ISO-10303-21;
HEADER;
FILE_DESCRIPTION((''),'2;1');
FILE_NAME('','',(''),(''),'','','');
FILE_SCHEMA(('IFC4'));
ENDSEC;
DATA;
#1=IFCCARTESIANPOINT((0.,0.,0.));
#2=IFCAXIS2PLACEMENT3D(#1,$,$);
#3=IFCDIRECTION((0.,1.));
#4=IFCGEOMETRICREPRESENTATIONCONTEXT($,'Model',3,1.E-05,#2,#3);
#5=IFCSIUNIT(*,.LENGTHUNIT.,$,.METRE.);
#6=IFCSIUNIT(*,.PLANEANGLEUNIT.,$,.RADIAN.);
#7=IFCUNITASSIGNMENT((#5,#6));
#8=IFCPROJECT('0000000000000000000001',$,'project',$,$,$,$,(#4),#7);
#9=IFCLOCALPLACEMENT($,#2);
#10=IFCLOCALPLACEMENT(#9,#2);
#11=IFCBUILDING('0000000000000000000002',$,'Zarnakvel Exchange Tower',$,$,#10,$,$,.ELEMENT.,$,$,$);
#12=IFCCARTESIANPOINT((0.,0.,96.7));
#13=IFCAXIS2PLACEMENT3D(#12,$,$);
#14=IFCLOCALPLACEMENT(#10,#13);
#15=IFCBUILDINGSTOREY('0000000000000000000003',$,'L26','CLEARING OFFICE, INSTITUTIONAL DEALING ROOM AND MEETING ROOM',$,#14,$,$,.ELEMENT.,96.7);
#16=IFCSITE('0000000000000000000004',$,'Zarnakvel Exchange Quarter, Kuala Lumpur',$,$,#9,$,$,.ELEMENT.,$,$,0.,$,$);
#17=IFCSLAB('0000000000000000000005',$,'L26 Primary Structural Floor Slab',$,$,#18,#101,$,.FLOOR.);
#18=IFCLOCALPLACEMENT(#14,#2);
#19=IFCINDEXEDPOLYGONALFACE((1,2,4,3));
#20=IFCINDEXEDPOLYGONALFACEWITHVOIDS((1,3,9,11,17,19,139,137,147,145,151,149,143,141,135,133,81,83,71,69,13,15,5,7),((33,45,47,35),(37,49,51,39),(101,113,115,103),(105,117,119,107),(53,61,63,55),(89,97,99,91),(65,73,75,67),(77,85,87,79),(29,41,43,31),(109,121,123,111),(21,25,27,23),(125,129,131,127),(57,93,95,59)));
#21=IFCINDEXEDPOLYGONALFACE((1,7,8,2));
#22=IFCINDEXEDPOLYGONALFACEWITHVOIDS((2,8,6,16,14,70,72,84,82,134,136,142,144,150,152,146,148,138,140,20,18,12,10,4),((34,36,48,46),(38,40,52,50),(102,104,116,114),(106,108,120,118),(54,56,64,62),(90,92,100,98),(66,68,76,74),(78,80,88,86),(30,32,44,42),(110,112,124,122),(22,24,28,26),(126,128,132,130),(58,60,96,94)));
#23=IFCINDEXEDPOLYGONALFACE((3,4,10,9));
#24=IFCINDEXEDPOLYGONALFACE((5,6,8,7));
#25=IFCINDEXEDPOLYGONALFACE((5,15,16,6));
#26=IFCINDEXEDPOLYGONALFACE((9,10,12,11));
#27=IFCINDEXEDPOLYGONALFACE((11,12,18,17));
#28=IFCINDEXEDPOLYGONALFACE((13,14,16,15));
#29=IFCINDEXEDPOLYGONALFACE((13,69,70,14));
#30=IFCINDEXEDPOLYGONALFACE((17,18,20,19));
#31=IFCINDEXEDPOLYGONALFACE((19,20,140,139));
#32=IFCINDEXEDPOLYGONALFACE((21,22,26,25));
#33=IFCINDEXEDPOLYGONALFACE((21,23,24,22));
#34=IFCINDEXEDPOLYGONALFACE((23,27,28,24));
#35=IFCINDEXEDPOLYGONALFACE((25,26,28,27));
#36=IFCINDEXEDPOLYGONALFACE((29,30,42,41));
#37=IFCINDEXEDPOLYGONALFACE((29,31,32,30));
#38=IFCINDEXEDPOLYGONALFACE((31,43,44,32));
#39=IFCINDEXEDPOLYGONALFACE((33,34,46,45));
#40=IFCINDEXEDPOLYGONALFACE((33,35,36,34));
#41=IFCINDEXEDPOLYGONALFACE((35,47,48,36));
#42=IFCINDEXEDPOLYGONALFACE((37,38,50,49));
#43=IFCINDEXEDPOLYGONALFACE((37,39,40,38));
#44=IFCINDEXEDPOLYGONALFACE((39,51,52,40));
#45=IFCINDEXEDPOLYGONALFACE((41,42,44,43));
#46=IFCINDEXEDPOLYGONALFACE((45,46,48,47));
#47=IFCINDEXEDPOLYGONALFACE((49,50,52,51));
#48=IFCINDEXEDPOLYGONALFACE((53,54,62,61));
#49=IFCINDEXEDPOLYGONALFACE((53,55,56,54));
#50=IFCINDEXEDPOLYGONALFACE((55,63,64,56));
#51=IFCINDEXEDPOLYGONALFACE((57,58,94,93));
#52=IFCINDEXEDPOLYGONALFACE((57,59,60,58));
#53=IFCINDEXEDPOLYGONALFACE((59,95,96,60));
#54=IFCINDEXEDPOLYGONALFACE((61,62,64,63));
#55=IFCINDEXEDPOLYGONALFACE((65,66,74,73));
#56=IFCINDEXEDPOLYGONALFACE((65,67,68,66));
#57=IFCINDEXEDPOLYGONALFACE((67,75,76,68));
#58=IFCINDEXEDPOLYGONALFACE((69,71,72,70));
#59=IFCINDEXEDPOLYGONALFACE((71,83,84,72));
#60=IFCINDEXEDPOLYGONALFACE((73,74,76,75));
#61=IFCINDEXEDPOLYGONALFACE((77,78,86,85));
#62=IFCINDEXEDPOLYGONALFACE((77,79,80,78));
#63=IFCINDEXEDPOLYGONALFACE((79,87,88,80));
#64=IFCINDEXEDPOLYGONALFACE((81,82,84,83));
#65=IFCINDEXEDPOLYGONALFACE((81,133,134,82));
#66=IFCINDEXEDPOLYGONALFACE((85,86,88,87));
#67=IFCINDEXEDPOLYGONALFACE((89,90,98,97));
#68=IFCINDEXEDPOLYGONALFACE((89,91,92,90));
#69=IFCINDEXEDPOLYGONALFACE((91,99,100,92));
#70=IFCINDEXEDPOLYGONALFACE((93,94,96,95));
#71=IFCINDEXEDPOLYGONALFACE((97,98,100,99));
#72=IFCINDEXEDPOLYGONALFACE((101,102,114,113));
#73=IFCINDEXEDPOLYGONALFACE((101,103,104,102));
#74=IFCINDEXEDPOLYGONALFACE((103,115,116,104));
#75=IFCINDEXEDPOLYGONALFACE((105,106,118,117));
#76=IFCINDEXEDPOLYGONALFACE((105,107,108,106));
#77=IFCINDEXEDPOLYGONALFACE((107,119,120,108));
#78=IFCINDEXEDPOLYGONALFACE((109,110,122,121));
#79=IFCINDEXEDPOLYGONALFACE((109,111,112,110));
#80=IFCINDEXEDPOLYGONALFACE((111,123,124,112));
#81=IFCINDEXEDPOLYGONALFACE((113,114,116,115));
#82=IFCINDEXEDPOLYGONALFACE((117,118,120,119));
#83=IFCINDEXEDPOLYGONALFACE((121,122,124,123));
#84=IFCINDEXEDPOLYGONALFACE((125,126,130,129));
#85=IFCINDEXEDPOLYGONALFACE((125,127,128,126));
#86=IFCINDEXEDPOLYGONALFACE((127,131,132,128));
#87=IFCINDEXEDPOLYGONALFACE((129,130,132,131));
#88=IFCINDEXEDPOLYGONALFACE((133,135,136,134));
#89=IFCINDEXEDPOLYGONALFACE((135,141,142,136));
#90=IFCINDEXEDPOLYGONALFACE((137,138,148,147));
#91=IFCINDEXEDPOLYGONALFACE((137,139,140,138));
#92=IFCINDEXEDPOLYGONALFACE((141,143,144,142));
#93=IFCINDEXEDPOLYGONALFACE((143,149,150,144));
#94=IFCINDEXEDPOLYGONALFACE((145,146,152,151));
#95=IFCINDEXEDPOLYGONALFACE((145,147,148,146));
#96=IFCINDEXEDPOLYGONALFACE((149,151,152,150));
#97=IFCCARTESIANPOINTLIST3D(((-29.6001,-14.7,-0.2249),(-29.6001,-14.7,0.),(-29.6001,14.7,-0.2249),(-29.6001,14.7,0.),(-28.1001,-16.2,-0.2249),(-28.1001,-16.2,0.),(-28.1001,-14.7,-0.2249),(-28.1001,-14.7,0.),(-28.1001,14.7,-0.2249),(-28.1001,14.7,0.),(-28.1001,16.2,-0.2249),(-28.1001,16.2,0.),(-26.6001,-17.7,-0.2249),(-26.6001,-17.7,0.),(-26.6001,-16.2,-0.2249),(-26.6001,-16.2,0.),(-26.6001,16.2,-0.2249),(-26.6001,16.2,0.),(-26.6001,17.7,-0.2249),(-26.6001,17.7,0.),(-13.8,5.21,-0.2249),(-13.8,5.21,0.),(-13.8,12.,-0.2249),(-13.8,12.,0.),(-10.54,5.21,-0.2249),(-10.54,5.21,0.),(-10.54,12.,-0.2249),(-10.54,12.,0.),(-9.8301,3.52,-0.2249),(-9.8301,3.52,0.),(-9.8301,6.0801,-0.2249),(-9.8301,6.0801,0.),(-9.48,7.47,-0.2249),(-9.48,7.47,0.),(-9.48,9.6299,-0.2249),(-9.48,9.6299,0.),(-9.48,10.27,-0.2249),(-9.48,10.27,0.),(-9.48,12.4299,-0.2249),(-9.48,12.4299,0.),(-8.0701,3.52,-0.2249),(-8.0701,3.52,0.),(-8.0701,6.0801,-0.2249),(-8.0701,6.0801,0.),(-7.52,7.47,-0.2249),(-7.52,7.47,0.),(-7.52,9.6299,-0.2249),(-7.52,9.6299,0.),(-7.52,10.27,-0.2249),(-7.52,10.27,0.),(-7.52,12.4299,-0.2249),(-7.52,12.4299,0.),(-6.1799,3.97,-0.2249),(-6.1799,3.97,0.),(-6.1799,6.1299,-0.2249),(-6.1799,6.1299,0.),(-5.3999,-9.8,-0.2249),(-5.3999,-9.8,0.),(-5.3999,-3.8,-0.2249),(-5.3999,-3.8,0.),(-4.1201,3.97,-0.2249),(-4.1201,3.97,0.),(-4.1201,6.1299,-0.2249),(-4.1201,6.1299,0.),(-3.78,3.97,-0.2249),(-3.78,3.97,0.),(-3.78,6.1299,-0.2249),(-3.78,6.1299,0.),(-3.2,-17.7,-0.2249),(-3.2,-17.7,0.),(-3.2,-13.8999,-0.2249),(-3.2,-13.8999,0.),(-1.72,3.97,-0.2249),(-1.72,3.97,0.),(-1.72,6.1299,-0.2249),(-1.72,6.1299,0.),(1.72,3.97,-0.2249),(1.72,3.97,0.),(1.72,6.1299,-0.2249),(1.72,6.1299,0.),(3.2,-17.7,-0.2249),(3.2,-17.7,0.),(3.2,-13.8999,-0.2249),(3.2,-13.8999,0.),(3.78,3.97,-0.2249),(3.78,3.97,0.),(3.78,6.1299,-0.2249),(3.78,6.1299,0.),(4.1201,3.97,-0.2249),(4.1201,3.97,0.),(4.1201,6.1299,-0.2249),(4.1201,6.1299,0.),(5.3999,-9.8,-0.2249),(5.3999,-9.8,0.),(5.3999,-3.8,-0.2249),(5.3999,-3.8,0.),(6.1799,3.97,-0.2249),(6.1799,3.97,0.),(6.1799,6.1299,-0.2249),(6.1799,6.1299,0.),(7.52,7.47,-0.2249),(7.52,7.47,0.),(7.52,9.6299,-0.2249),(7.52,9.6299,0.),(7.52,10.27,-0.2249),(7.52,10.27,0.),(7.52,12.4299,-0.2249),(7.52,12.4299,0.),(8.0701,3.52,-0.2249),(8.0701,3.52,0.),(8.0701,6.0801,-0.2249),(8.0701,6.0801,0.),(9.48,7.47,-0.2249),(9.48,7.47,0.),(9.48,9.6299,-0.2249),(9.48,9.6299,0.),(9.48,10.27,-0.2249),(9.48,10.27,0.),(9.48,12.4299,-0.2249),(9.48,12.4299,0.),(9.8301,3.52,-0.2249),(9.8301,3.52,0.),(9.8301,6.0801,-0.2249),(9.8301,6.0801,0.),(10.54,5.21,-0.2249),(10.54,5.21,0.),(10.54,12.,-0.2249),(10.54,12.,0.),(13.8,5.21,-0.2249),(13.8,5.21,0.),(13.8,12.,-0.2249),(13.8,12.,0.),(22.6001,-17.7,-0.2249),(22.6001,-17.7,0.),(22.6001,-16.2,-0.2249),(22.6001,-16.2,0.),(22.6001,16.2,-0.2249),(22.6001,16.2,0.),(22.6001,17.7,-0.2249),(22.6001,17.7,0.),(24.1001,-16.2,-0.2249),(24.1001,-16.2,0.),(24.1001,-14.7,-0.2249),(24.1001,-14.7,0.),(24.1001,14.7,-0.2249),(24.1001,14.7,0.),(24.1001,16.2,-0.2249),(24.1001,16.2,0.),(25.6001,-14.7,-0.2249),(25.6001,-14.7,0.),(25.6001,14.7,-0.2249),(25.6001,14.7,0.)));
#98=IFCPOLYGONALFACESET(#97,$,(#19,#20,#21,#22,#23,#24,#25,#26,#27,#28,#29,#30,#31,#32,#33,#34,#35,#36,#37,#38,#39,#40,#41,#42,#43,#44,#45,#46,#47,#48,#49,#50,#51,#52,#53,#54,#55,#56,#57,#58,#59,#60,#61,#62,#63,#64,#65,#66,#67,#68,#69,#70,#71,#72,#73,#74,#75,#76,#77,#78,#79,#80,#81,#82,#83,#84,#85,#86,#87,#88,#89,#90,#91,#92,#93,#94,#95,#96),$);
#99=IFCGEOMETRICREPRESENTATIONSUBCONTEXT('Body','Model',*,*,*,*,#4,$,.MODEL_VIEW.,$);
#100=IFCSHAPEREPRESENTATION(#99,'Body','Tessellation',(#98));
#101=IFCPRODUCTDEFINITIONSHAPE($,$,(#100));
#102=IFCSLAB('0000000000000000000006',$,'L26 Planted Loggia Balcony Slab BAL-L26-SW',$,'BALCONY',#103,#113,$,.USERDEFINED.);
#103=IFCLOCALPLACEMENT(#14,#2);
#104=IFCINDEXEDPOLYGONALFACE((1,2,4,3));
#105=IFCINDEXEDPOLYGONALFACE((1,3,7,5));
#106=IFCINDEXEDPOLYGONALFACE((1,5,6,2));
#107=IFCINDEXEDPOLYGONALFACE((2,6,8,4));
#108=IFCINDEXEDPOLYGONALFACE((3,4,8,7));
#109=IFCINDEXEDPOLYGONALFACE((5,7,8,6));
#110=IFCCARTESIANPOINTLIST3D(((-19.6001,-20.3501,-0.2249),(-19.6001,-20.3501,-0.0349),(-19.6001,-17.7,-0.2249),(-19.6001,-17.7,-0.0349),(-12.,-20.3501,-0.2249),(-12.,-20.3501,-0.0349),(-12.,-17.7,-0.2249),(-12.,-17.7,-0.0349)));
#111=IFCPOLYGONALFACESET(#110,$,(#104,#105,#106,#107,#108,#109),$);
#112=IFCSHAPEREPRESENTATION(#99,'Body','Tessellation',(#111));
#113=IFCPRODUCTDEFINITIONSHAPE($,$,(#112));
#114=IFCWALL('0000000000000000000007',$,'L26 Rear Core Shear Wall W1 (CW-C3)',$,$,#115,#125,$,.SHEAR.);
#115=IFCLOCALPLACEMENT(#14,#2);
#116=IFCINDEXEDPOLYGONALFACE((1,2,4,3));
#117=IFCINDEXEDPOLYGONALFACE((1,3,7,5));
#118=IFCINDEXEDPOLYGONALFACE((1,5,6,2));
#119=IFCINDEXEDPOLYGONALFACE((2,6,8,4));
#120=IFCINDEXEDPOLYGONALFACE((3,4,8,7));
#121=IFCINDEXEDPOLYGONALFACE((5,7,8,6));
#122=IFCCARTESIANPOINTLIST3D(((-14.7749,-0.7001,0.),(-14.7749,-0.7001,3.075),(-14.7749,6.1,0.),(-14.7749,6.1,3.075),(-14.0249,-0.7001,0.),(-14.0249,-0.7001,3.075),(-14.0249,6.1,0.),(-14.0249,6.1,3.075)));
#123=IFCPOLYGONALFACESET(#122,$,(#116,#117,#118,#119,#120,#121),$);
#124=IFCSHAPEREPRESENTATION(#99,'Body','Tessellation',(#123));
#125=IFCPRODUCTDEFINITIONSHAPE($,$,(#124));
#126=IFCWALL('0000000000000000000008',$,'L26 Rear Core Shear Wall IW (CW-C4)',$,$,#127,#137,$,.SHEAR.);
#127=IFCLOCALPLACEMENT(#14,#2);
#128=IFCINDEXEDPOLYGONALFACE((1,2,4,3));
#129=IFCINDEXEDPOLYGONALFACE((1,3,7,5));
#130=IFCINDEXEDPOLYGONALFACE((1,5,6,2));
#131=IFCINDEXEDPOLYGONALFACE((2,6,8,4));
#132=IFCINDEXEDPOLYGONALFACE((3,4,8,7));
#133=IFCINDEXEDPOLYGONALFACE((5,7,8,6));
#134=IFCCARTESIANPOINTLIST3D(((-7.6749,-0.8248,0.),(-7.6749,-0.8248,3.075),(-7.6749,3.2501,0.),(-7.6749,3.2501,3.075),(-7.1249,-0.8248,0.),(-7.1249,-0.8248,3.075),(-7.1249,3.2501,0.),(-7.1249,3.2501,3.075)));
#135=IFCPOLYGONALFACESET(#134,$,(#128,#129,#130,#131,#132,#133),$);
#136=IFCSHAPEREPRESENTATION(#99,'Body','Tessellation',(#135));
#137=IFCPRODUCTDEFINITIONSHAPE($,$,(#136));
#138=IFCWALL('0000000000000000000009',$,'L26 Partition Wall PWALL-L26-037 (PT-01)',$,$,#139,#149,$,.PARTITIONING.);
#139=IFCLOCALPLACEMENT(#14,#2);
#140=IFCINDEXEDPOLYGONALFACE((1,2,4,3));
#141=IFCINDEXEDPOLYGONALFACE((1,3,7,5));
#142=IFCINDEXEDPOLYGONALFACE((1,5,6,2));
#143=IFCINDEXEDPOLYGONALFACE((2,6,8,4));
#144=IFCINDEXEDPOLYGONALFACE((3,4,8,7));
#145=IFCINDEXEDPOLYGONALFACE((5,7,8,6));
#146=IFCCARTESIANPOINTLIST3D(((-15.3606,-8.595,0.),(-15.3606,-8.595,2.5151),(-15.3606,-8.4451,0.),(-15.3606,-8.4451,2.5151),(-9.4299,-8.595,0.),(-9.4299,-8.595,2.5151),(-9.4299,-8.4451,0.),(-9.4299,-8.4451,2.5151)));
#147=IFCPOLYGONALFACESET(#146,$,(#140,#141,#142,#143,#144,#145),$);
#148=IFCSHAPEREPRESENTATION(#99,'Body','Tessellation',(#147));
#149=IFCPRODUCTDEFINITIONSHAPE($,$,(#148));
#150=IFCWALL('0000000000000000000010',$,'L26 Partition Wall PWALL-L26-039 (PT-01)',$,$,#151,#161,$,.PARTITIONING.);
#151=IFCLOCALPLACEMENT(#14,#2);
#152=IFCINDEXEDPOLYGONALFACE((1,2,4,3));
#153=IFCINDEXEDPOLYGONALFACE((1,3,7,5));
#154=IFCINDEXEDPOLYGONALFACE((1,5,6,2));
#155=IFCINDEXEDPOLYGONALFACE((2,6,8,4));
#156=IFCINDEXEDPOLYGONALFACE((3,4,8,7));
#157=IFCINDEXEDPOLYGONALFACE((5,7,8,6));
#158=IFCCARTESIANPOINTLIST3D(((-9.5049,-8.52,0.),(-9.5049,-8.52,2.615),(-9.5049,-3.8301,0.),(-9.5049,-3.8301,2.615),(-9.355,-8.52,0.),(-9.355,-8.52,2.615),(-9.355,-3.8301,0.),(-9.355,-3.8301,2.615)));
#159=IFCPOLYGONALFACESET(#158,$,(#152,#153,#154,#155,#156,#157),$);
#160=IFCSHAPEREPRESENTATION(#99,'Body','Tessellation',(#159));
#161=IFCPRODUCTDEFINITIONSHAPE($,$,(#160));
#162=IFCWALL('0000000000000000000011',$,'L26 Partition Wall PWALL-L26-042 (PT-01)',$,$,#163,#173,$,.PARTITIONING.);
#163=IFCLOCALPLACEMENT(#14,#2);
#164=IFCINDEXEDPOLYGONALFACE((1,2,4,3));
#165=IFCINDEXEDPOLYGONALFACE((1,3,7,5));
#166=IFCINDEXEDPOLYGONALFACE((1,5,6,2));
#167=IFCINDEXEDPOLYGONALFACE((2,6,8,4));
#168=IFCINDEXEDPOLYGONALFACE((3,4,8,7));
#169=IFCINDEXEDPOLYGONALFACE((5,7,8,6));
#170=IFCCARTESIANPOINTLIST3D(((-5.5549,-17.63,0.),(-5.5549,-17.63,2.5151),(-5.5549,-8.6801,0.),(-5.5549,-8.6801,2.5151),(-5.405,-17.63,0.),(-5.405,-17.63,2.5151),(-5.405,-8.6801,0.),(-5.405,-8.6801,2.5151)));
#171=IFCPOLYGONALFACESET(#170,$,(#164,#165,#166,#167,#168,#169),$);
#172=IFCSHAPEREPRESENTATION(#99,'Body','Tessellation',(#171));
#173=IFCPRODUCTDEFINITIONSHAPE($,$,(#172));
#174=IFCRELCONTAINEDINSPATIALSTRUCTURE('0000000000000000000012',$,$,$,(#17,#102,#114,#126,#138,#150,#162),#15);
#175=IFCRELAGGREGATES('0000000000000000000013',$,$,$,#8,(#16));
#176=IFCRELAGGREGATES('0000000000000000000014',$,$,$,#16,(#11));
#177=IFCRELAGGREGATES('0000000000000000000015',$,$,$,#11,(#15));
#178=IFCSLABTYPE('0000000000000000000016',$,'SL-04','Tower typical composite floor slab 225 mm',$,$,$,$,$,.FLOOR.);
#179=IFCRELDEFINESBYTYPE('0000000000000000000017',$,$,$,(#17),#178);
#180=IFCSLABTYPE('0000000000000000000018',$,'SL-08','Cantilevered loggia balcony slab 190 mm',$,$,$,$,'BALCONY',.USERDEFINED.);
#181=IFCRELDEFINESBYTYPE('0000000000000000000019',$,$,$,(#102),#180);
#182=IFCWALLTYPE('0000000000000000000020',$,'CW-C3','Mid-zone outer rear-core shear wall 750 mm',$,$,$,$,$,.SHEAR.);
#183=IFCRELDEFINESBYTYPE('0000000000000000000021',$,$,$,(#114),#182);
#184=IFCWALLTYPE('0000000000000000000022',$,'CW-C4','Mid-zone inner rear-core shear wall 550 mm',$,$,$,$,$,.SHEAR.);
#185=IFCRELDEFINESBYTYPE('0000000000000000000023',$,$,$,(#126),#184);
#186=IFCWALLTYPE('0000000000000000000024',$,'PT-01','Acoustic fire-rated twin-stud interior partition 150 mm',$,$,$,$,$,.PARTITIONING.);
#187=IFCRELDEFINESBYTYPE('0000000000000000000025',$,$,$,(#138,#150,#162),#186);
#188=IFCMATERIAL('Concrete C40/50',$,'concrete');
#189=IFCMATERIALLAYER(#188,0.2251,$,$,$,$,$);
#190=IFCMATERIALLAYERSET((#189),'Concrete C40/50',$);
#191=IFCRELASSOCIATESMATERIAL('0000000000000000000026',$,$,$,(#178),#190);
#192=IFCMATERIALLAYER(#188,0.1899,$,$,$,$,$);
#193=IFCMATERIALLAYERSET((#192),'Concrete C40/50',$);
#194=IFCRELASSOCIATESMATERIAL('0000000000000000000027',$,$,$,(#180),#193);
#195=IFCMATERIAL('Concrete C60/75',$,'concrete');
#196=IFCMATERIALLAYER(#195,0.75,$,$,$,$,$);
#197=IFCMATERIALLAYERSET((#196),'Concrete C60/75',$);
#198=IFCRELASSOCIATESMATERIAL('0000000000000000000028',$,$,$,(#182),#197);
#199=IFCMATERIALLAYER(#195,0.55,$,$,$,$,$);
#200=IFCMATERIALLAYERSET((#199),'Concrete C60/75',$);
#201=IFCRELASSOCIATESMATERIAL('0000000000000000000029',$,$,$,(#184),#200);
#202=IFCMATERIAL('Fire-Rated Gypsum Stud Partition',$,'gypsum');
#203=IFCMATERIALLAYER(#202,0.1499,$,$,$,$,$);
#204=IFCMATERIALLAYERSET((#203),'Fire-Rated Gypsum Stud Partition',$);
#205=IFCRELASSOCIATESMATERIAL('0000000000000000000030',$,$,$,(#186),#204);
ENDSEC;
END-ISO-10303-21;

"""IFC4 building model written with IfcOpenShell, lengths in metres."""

from ifc_helpers import new_model, si_unit, direction, frame, frame_2d, origin, place, context, subcontext, project, spatial, polyline, rectangle, outline, extrude, material, layer, layer_set, type_object, element, save


model = new_model("IFC4")

# Units and contexts
model_context = context("Model", 3, precision=1e-05, world=origin(), true_north=direction((0.0, 1.0)))
body_context = subcontext(model_context, "Body", "Model", "MODEL_VIEW")
ifc_project = project(units=[si_unit("LENGTHUNIT", "METRE"), si_unit("PLANEANGLEUNIT", "RADIAN")], contexts=[model_context])

# Site, building, storey
site_placement = place(None, origin())
site = spatial("IfcSite", under=ifc_project, at=site_placement, Name="Zarnakvel Exchange Quarter, Kuala Lumpur", CompositionType="ELEMENT", RefElevation=0.0)
building_placement = place(site_placement, origin())
building = spatial("IfcBuilding", under=site, at=building_placement, Name="Zarnakvel Exchange Tower", CompositionType="ELEMENT")
storey_placement = place(building_placement, frame((0.0, 0.0, 96.7)))
storey = spatial("IfcBuildingStorey", under=building, at=storey_placement, Name="L26", Description="CLEARING OFFICE, INSTITUTIONAL DEALING ROOM AND MEETING ROOM", CompositionType="ELEMENT", Elevation=96.7)

# Shared definitions
ifc_material_1 = material(Name="Concrete C60/75", Category="concrete")

# Slabs
ifc_material_2 = material(Name="Concrete C40/50", Category="concrete")
ifc_layer_1 = layer(ifc_material_2, 0.2251)
ifc_layer_set_1 = layer_set([ifc_layer_1], Name="Concrete C40/50")
slab_type_1 = type_object("IfcSlabType", Name="SL-04", Description="Tower typical composite floor slab 225 mm", PredefinedType="FLOOR", material=ifc_layer_set_1)
slab_1_placement = place(storey_placement, frame((0.0, 0.0, -0.2249)))
element("IfcSlab", 1, at=slab_1_placement, inside=storey, type_object=slab_type_1, Name="L26 Primary Structural Floor Slab", PredefinedType="FLOOR", context=body_context, shape_type="SweptSolid", body=[
    extrude(outline(polyline([(-29.6001, -14.7), (-28.1001, -14.7), (-28.1001, -16.2), (-26.6001, -16.2), (-26.6001, -17.7), (-3.2, -17.7), (-3.2, -13.8999), (3.2, -13.8999), (3.2, -17.7), (22.6001, -17.7), (22.6001, -16.2), (24.1001, -16.2), (24.1001, -14.7), (25.6001, -14.7), (25.6001, 14.7), (24.1001, 14.7), (24.1001, 16.2), (22.6001, 16.2), (22.6001, 17.7), (-26.6001, 17.7), (-26.6001, 16.2), (-28.1001, 16.2), (-28.1001, 14.7), (-29.6001, 14.7), (-29.6001, -14.7)]), holes=[polyline([(-5.3999, -9.8), (5.3999, -9.8), (5.3999, -3.8), (-5.3999, -3.8), (-5.3999, -9.8)]), polyline([(-13.8, 5.21), (-10.54, 5.21), (-10.54, 12.0), (-13.8, 12.0), (-13.8, 5.21)]), polyline([(10.54, 5.21), (13.8, 5.21), (13.8, 12.0), (10.54, 12.0), (10.54, 5.21)]), polyline([(-9.8301, 3.52), (-8.0701, 3.52), (-8.0701, 6.0801), (-9.8301, 6.0801), (-9.8301, 3.52)]), polyline([(8.0701, 3.52), (9.8301, 3.52), (9.8301, 6.0801), (8.0701, 6.0801), (8.0701, 3.52)]), polyline([(-6.1799, 3.97), (-4.1201, 3.97), (-4.1201, 6.1299), (-6.1799, 6.1299), (-6.1799, 3.97)]), polyline([(-3.78, 3.97), (-1.72, 3.97), (-1.72, 6.1299), (-3.78, 6.1299), (-3.78, 3.97)]), polyline([(1.72, 3.97), (3.78, 3.97), (3.78, 6.1299), (1.72, 6.1299), (1.72, 3.97)]), polyline([(4.1201, 3.97), (6.1799, 3.97), (6.1799, 6.1299), (4.1201, 6.1299), (4.1201, 3.97)]), polyline([(-9.48, 7.47), (-7.52, 7.47), (-7.52, 9.6299), (-9.48, 9.6299), (-9.48, 7.47)]), polyline([(-9.48, 10.27), (-7.52, 10.27), (-7.52, 12.4299), (-9.48, 12.4299), (-9.48, 10.27)]), polyline([(7.52, 7.47), (9.48, 7.47), (9.48, 9.6299), (7.52, 9.6299), (7.52, 7.47)]), polyline([(7.52, 10.27), (9.48, 10.27), (9.48, 12.4299), (7.52, 12.4299), (7.52, 10.27)])]), origin(), (0.0, 0.0, 1.0), 0.2249),
])
ifc_layer_2 = layer(ifc_material_2, 0.1899)
ifc_layer_set_2 = layer_set([ifc_layer_2], Name="Concrete C40/50")
slab_type_2 = type_object("IfcSlabType", Name="SL-08", Description="Cantilevered loggia balcony slab 190 mm", ElementType="BALCONY", PredefinedType="USERDEFINED", material=ifc_layer_set_2)
slab_2_placement = place(storey_placement, frame((0.0, 0.0, -0.2249)))
element("IfcSlab", 2, at=slab_2_placement, inside=storey, type_object=slab_type_2, Name="L26 Planted Loggia Balcony Slab BAL-L26-SW", ObjectType="BALCONY", PredefinedType="USERDEFINED", context=body_context, shape_type="SweptSolid", body=[
    extrude(outline(polyline([(-19.6001, -20.3501), (-12.0, -20.3501), (-12.0, -17.7), (-19.6001, -17.7), (-19.6001, -20.3501)])), origin(), (0.0, 0.0, 1.0), 0.1899),
])

# Wall
ifc_layer_3 = layer(ifc_material_1, 0.75)
ifc_layer_set_3 = layer_set([ifc_layer_3], Name="Concrete C60/75")
wall_type_1 = type_object("IfcWallType", Name="CW-C3", Description="Mid-zone outer rear-core shear wall 750 mm", PredefinedType="SHEAR", material=ifc_layer_set_3)
wall_1_placement = place(storey_placement, frame((-14.3999, -0.7, 0.0), z_axis=(0.0, 0.0, 1.0), x_axis=(0.0, 1.0, 0.0)))
element("IfcWall", 3, at=wall_1_placement, inside=storey, type_object=wall_type_1, Name="L26 Rear Core Shear Wall W1 (CW-C3)", PredefinedType="SHEAR", context=body_context, shape_type="SweptSolid", body=[
    extrude(rectangle(XDim=6.8, YDim=0.75, at=frame_2d((3.3999, 0.0))), origin(), (0.0, 0.0, 1.0), 3.075),
])

# Walls
ifc_layer_4 = layer(ifc_material_1, 0.55)
ifc_layer_set_4 = layer_set([ifc_layer_4], Name="Concrete C60/75")
wall_type_2 = type_object("IfcWallType", Name="CW-C4", Description="Mid-zone inner rear-core shear wall 550 mm", PredefinedType="SHEAR", material=ifc_layer_set_4)
wall_2_placement = place(storey_placement, frame((-7.3999, -0.825, 0.0), z_axis=(0.0, 0.0, 1.0), x_axis=(0.0, 1.0, 0.0)))
element("IfcWall", 4, at=wall_2_placement, inside=storey, type_object=wall_type_2, Name="L26 Rear Core Shear Wall IW (CW-C4)", PredefinedType="SHEAR", context=body_context, shape_type="SweptSolid", body=[
    extrude(rectangle(XDim=4.075, YDim=0.55, at=frame_2d((2.0376, 0.0))), origin(), (0.0, 0.0, 1.0), 3.075),
])
ifc_material_3 = material(Name="Fire-Rated Gypsum Stud Partition", Category="gypsum")
ifc_layer_5 = layer(ifc_material_3, 0.1499)
ifc_layer_set_5 = layer_set([ifc_layer_5], Name="Fire-Rated Gypsum Stud Partition")
wall_type_3 = type_object("IfcWallType", Name="PT-01", Description="Acoustic fire-rated twin-stud interior partition 150 mm", PredefinedType="PARTITIONING", material=ifc_layer_set_5)
wall_3_placement = place(storey_placement, frame((-9.4299, -8.52, 0.0), z_axis=(0.0, 0.0, 1.0), x_axis=(-1.0, 0.0, 0.0)))
element("IfcWall", 5, at=wall_3_placement, inside=storey, type_object=wall_type_3, Name="L26 Partition Wall PWALL-L26-037 (PT-01)", PredefinedType="PARTITIONING", context=body_context, shape_type="SweptSolid", body=[
    extrude(rectangle(XDim=5.9307, YDim=0.1499, at=frame_2d((2.9653, 0.0))), origin(), (0.0, 0.0, 1.0), 2.5151),
])
wall_4_placement = place(storey_placement, frame((-9.4299, -3.8301, 0.0), z_axis=(0.0, 0.0, 1.0), x_axis=(0.0, -1.0, 0.0)))
element("IfcWall", 6, at=wall_4_placement, inside=storey, type_object=wall_type_3, Name="L26 Partition Wall PWALL-L26-039 (PT-01)", PredefinedType="PARTITIONING", context=body_context, shape_type="SweptSolid", body=[
    extrude(rectangle(XDim=4.6899, YDim=0.1499, at=frame_2d((2.345, 0.0))), origin(), (0.0, 0.0, 1.0), 2.615),
])
wall_5_placement = place(storey_placement, frame((-5.48, -8.6799, 0.0), z_axis=(0.0, 0.0, 1.0), x_axis=(0.0, -1.0, 0.0)))
element("IfcWall", 7, at=wall_5_placement, inside=storey, type_object=wall_type_3, Name="L26 Partition Wall PWALL-L26-042 (PT-01)", PredefinedType="PARTITIONING", context=body_context, shape_type="SweptSolid", body=[
    extrude(rectangle(XDim=8.95, YDim=0.1499, at=frame_2d((4.4751, 0.0))), origin(), (0.0, 0.0, 1.0), 2.5151),
])

save(model, "model.ifc")
